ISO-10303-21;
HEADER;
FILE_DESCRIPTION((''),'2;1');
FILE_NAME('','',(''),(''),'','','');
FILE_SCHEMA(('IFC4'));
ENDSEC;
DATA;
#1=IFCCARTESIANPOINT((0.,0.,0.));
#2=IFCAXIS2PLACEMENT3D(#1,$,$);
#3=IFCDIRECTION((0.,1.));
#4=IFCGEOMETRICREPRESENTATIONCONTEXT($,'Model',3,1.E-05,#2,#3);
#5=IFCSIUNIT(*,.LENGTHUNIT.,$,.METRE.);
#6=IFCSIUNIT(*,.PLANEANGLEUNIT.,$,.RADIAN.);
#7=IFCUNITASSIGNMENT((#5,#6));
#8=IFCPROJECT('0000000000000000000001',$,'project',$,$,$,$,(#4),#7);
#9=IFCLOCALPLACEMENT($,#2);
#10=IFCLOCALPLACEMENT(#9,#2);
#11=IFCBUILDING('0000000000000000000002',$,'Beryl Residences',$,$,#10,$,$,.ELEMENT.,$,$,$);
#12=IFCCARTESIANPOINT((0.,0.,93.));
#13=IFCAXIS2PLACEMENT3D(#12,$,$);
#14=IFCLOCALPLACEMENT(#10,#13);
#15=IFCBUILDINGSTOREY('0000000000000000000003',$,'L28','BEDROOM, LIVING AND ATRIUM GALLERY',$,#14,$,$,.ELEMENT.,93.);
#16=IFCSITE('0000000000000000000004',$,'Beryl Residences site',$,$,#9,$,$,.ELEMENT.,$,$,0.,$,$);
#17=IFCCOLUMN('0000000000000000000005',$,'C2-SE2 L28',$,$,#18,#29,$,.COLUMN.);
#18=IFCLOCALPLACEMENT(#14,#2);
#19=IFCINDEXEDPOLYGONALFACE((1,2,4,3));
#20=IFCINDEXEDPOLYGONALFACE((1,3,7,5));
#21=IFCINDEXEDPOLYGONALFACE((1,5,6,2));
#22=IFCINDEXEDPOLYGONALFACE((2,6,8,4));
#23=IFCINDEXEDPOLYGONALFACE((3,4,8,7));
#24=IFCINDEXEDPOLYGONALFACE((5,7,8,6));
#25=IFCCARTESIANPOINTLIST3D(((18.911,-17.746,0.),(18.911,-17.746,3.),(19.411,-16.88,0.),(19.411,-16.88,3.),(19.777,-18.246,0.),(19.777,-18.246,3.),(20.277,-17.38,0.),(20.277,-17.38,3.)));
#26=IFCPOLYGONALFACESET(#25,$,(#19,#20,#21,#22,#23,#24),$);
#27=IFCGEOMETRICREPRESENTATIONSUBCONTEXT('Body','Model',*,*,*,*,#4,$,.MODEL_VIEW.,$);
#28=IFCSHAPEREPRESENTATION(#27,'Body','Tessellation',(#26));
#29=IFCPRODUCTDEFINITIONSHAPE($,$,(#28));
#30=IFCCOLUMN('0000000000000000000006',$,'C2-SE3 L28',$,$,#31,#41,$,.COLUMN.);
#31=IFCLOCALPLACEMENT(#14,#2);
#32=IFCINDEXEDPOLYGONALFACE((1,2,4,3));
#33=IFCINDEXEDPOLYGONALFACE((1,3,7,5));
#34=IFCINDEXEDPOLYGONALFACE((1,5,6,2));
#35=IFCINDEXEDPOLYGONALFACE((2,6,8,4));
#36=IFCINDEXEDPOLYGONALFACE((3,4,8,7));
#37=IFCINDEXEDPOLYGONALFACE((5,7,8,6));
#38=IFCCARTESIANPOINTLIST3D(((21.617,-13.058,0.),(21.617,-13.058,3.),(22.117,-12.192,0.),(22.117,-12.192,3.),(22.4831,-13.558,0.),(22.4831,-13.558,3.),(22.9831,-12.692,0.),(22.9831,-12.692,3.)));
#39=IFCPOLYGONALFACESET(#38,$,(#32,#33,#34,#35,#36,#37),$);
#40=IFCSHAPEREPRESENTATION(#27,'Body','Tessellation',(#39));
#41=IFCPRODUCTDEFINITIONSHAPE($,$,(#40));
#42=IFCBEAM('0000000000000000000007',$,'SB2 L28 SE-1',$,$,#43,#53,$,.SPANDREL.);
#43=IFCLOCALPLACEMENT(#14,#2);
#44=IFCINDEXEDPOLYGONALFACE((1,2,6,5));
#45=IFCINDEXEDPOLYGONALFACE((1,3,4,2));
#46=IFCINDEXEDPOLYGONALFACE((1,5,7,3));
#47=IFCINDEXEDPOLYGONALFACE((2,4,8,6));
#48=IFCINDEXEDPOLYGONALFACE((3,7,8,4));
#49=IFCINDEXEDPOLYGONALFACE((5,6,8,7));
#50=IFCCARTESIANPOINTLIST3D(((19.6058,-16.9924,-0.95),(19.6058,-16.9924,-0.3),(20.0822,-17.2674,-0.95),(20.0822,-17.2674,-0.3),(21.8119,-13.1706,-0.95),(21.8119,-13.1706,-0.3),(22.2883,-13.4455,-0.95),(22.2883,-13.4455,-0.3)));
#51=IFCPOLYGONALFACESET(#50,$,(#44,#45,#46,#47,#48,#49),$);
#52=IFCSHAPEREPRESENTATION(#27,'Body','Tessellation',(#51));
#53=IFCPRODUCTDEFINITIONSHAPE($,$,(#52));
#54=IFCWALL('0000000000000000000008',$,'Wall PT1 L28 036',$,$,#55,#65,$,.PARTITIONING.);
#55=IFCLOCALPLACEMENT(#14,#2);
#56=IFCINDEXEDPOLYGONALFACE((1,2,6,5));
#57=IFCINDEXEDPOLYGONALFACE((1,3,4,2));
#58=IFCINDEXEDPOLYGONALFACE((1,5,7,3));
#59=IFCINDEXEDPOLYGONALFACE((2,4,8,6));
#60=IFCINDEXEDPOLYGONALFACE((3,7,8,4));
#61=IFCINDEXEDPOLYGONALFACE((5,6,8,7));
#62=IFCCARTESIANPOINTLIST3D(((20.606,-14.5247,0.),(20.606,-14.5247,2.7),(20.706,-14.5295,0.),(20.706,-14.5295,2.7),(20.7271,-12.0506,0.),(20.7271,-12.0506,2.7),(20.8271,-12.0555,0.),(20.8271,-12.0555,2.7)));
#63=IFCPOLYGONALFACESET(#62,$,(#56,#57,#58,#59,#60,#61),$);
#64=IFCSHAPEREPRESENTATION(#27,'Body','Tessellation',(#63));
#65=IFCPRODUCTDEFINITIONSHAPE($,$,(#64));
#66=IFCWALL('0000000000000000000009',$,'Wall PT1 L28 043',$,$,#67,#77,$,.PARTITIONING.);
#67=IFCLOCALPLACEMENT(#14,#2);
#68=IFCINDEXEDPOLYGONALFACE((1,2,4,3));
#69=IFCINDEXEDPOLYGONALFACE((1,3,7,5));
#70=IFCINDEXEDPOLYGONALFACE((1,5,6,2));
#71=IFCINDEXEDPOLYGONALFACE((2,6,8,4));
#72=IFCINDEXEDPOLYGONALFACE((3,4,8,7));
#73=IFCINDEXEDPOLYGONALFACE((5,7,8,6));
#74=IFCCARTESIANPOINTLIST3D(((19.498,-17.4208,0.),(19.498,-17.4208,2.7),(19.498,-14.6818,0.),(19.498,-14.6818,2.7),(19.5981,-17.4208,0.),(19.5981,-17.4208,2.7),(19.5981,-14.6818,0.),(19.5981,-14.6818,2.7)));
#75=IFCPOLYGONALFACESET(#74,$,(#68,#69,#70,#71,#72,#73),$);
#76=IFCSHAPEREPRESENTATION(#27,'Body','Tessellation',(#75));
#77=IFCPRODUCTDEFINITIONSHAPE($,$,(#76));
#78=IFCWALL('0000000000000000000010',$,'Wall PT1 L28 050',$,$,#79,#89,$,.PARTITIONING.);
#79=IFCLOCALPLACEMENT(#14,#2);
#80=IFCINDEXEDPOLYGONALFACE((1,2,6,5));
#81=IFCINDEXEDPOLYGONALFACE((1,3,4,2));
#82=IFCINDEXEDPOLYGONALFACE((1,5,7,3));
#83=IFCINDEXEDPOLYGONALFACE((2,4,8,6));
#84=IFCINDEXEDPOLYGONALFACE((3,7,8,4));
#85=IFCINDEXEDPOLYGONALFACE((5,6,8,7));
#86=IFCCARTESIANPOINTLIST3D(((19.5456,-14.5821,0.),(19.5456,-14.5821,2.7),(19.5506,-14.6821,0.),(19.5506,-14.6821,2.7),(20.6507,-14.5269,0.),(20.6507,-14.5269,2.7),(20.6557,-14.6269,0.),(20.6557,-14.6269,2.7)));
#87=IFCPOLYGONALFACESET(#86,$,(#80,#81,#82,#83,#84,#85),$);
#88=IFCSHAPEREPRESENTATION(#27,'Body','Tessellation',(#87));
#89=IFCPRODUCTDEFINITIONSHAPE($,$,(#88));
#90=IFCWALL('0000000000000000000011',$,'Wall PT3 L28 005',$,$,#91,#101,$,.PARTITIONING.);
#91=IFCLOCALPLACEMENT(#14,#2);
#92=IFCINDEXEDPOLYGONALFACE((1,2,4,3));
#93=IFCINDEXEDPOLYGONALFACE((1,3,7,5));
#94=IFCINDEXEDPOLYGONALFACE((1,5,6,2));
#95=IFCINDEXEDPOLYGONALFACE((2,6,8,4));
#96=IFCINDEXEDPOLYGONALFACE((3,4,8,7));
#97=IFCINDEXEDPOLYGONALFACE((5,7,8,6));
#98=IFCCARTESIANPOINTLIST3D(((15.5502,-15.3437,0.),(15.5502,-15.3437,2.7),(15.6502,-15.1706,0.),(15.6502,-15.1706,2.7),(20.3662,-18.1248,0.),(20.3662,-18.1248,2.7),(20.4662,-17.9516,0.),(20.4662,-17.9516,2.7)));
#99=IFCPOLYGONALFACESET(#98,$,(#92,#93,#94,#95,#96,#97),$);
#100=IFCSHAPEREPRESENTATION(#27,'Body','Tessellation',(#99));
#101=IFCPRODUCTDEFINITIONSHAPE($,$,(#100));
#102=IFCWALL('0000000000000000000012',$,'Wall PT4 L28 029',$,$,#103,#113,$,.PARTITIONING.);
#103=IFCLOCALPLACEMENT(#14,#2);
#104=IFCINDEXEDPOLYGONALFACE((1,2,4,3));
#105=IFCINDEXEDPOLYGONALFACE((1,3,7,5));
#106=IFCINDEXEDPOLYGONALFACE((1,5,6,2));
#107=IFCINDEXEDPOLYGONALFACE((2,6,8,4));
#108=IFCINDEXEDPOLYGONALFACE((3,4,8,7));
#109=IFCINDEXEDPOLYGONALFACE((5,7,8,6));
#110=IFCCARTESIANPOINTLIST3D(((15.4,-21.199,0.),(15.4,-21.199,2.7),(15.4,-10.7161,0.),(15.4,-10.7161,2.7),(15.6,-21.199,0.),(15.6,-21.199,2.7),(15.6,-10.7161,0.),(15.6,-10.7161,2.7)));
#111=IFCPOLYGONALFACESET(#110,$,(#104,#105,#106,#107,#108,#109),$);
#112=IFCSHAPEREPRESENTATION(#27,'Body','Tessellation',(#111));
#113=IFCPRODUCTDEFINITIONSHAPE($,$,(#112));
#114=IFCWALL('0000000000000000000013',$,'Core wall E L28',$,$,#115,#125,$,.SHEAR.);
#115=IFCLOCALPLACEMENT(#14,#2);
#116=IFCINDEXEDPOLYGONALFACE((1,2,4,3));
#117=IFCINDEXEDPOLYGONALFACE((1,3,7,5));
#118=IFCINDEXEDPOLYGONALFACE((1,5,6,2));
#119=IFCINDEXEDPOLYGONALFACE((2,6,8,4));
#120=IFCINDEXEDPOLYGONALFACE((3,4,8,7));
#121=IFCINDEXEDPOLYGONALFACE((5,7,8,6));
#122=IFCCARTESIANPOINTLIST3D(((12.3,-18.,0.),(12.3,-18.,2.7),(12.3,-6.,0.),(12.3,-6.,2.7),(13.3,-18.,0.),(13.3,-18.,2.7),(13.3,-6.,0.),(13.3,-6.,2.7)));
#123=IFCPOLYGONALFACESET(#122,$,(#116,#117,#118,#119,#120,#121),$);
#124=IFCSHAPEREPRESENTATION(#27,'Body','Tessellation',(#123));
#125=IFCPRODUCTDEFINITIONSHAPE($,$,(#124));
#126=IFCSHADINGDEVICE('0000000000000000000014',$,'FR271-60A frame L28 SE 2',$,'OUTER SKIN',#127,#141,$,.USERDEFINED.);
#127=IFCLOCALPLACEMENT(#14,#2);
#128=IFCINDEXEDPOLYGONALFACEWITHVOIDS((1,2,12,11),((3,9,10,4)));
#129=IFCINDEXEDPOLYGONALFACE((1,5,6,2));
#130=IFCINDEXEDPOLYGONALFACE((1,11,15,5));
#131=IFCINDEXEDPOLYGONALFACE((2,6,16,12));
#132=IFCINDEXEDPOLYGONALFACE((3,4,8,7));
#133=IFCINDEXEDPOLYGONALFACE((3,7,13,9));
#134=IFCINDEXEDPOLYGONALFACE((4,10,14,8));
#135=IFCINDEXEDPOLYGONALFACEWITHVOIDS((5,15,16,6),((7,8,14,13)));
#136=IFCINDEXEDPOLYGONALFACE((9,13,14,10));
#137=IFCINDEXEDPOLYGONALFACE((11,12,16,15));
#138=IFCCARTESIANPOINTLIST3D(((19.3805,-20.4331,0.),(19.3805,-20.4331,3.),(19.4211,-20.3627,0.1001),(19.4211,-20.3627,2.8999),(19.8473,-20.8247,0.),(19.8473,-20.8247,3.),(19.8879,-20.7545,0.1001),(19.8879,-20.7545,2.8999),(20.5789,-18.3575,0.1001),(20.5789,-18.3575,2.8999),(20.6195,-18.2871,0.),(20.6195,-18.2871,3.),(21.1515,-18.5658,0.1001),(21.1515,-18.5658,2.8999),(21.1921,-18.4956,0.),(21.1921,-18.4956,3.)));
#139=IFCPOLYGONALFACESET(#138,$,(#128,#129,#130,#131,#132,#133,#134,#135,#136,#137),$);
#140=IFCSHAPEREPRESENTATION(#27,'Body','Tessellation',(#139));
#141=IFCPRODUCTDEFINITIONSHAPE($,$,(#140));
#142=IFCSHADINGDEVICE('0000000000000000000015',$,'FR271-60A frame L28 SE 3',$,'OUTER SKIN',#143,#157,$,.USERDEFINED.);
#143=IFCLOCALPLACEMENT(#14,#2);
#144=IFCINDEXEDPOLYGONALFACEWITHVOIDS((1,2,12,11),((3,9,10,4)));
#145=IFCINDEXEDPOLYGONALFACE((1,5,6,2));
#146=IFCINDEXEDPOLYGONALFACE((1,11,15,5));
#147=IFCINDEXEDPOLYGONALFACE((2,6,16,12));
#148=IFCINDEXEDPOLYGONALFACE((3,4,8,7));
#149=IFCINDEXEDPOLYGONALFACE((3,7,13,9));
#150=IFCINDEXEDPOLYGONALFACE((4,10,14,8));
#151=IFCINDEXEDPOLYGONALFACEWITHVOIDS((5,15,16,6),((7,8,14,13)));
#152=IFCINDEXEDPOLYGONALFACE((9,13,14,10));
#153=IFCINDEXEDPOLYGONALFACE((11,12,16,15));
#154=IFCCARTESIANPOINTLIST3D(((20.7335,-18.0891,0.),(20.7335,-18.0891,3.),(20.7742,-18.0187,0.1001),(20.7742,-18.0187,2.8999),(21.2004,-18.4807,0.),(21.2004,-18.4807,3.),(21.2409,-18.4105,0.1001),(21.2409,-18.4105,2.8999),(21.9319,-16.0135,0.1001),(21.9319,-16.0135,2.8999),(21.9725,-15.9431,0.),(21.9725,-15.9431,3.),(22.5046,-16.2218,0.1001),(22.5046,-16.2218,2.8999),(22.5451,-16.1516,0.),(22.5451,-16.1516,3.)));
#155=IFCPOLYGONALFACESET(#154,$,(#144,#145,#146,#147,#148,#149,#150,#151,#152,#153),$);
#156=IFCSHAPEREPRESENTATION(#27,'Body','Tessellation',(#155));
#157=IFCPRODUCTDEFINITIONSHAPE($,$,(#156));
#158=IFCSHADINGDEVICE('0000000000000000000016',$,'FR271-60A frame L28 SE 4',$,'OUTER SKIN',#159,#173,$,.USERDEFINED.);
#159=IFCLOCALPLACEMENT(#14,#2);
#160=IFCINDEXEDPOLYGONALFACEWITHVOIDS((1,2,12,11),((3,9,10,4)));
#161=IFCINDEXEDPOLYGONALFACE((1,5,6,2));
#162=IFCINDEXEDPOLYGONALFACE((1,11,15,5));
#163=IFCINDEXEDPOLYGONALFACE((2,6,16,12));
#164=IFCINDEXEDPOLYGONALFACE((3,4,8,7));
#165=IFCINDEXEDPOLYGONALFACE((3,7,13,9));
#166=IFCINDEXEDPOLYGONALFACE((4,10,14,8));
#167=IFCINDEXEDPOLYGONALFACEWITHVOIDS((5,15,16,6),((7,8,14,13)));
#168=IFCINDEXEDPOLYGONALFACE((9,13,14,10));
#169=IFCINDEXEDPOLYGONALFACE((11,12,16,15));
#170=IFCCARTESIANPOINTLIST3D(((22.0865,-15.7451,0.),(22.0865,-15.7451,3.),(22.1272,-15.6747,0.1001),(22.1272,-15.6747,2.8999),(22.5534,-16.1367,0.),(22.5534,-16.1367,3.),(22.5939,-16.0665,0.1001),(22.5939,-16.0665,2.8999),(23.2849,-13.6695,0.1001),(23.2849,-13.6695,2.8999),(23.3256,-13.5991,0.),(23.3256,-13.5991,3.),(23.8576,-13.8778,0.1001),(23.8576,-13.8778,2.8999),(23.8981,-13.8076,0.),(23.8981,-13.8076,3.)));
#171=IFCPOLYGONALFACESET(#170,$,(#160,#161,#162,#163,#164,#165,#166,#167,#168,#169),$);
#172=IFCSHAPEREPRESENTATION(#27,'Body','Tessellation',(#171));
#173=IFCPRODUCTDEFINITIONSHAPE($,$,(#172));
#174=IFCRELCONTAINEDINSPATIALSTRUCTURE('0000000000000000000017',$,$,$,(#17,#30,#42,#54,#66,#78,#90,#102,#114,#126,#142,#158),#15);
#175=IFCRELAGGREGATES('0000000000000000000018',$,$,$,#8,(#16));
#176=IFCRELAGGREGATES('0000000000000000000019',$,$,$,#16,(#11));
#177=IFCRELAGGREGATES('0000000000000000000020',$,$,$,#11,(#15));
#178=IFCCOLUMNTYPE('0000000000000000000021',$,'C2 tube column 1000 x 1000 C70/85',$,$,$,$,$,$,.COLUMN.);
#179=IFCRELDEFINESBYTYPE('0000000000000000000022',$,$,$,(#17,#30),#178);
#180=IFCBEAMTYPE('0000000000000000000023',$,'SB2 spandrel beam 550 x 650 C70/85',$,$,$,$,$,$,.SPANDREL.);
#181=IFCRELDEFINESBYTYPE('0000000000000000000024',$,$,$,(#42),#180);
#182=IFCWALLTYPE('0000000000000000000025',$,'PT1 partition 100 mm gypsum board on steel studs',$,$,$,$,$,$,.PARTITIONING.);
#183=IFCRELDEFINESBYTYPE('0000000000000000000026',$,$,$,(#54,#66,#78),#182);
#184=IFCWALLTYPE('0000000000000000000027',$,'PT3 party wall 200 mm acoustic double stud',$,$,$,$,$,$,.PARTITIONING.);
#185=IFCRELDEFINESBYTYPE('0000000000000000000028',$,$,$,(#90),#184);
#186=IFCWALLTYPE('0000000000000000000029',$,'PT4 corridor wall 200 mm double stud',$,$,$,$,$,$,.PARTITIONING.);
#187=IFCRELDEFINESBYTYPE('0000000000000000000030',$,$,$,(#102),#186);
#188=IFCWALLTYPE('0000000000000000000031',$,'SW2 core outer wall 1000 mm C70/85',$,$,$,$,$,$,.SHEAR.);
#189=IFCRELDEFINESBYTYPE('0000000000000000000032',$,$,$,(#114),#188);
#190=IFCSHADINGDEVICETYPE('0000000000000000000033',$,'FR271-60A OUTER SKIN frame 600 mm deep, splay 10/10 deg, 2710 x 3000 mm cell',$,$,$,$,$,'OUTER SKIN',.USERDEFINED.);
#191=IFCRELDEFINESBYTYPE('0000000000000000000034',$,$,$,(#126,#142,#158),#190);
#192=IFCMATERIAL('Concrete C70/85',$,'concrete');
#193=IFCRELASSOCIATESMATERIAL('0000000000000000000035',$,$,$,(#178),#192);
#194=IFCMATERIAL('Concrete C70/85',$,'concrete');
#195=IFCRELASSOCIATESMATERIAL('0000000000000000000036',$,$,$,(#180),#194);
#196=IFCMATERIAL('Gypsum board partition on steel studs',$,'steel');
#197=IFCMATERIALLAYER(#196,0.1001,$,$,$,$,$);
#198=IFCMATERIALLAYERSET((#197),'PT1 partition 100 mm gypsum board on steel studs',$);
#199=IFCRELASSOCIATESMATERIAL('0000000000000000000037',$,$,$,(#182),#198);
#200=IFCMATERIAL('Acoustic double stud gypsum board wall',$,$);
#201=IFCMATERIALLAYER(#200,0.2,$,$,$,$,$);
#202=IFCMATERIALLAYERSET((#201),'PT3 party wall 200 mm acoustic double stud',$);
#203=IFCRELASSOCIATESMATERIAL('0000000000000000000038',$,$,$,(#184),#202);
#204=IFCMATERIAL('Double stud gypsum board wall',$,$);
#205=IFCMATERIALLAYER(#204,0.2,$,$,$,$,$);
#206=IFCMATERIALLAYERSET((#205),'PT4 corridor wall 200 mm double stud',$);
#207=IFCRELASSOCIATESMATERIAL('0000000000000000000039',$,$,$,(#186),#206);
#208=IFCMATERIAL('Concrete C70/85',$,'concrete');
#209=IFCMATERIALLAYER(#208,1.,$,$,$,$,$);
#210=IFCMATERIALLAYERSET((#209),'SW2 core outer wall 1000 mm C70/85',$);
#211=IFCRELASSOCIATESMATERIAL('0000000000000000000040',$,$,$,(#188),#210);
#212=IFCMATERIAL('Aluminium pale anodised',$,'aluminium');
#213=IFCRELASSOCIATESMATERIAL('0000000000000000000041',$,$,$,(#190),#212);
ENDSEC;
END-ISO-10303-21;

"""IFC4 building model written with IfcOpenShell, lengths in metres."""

from ifc_helpers import new_model, entity, si_unit, direction, frame, frame_2d, origin, origin_2d, place, context, subcontext, project, spatial, rectangle, extrude, source, transform, mapped, material, layer, layer_set, material_profile, profile_set, type_object, type_shapes, element, save


model = new_model("IFC4")

# Units and contexts
model_context = context("Model", 3, precision=1e-05, world=origin(), true_north=direction((0.0, 1.0)))
body_context = subcontext(model_context, "Body", "Model", "MODEL_VIEW")
ifc_project = project(units=[si_unit("LENGTHUNIT", "METRE"), si_unit("PLANEANGLEUNIT", "RADIAN")], contexts=[model_context])

# Site, building, storey
site_placement = place(None, origin())
site = spatial("IfcSite", under=ifc_project, at=site_placement, Name="Beryl Residences site", CompositionType="ELEMENT", RefElevation=0.0)
building_placement = place(site_placement, origin())
building = spatial("IfcBuilding", under=site, at=building_placement, Name="Beryl Residences", CompositionType="ELEMENT")
storey_placement = place(building_placement, frame((0.0, 0.0, 93.0)))
storey = spatial("IfcBuildingStorey", under=building, at=storey_placement, Name="L28", Description="BEDROOM, LIVING AND ATRIUM GALLERY", CompositionType="ELEMENT", Elevation=93.0)

# Columns
ifc_material_1 = material(Name="Concrete C70/85", Category="concrete")
ifc_material_profile_1 = material_profile(ifc_material_1, rectangle(XDim=1.0, YDim=1.0, at=origin_2d()))
ifc_profile_set_1 = profile_set([ifc_material_profile_1], Name="Concrete C70/85")
column_type = type_object("IfcColumnType", Name="C2 tube column 1000 x 1000 C70/85", PredefinedType="COLUMN", material=ifc_profile_set_1)
for number, where, z_axis, x_axis, name in (
    (1, (19.594, -17.563, 0.0), (0.0, 0.0, 1.0), (0.5, 0.866025, 0.0), "C2-SE2 L28"),
    (2, (22.3, -12.875, 0.0), (0.0, 0.0, 1.0), (0.5, 0.866025, 0.0), "C2-SE3 L28"),
):
    element("IfcColumn", number, at=place(storey_placement, frame(where, z_axis=z_axis, x_axis=x_axis)), inside=storey, type_object=column_type, Name=name, PredefinedType="COLUMN", context=body_context, shape_type="SweptSolid", body=[
        extrude(rectangle(XDim=1.0, YDim=1.0, at=origin_2d()), origin(), (0.0, 0.0, 1.0), 3.0),
    ])

# Beam
ifc_material_2 = material(Name="Concrete C70/85", Category="concrete")
ifc_material_profile_2 = material_profile(ifc_material_2, rectangle(XDim=0.55, YDim=0.6499, at=origin_2d()))
ifc_profile_set_2 = profile_set([ifc_material_profile_2], Name="Concrete C70/85")
beam_type = type_object("IfcBeamType", Name="SB2 spandrel beam 550 x 650 C70/85", PredefinedType="SPANDREL", material=ifc_profile_set_2)
beam_placement = place(storey_placement, frame((19.844, -17.1299, -0.625), z_axis=(0.499924, 0.86607, 0.0), x_axis=(-0.86607, 0.499924, 0.0)))
element("IfcBeam", 3, at=beam_placement, inside=storey, type_object=beam_type, Name="SB2 L28 SE-1", PredefinedType="SPANDREL", context=body_context, shape_type="SweptSolid", body=[
    extrude(rectangle(XDim=0.55, YDim=0.6499, at=origin_2d()), origin(), (0.0, 0.0, 1.0), 4.4128),
])

# Walls
ifc_material_3 = material(Name="Gypsum board partition on steel studs", Category="steel")
ifc_layer_1 = layer(ifc_material_3, 0.1001)
ifc_layer_set_1 = layer_set([ifc_layer_1], Name="PT1 partition 100 mm gypsum board on steel studs")
wall_type_1 = type_object("IfcWallType", Name="PT1 partition 100 mm gypsum board on steel studs", PredefinedType="PARTITIONING", material=ifc_layer_set_1)
wall_1_placement = place(storey_placement, frame((20.656, -14.5271, 0.0), z_axis=(0.0, 0.0, 1.0), x_axis=(0.048886, 0.998804, 0.0)))
element("IfcWall", 4, at=wall_1_placement, inside=storey, type_object=wall_type_1, Name="Wall PT1 L28 036", PredefinedType="PARTITIONING", context=body_context, shape_type="SweptSolid", body=[
    extrude(rectangle(XDim=2.4771, YDim=0.1001, at=frame_2d((1.2385, 0.0))), origin(), (0.0, 0.0, 1.0), 2.7),
])
wall_2_placement = place(storey_placement, frame((19.5481, -17.4209, 0.0), z_axis=(0.0, 0.0, 1.0), x_axis=(0.0, 1.0, 0.0)))
element("IfcWall", 5, at=wall_2_placement, inside=storey, type_object=wall_type_1, Name="Wall PT1 L28 043", PredefinedType="PARTITIONING", context=body_context, shape_type="SweptSolid", body=[
    extrude(rectangle(XDim=2.739, YDim=0.1001, at=frame_2d((1.3696, 0.0))), origin(), (0.0, 0.0, 1.0), 2.7),
])
wall_3_placement = place(storey_placement, frame((19.5481, -14.6321, 0.0), z_axis=(0.0, 0.0, 1.0), x_axis=(0.998756, 0.049872, 0.0)))
element("IfcWall", 6, at=wall_3_placement, inside=storey, type_object=wall_type_1, Name="Wall PT1 L28 050", PredefinedType="PARTITIONING", context=body_context, shape_type="SweptSolid", body=[
    extrude(rectangle(XDim=1.1064, YDim=0.1001, at=frame_2d((0.5532, 0.0))), origin(), (0.0, 0.0, 1.0), 2.7),
])
ifc_material_4 = material(Name="Acoustic double stud gypsum board wall")
ifc_layer_2 = layer(ifc_material_4, 0.2)
ifc_layer_set_2 = layer_set([ifc_layer_2], Name="PT3 party wall 200 mm acoustic double stud")
wall_type_2 = type_object("IfcWallType", Name="PT3 party wall 200 mm acoustic double stud", PredefinedType="PARTITIONING", material=ifc_layer_set_2)
wall_4_placement = place(storey_placement, frame((15.6001, -15.2571, 0.0), z_axis=(0.0, 0.0, 1.0), x_axis=(0.865984, -0.500072, 0.0)))
element("IfcWall", 7, at=wall_4_placement, inside=storey, type_object=wall_type_2, Name="Wall PT3 L28 005", PredefinedType="PARTITIONING", context=body_context, shape_type="SweptSolid", body=[
    extrude(rectangle(XDim=5.5613, YDim=0.2, at=frame_2d((2.7808, 0.0))), origin(), (0.0, 0.0, 1.0), 2.7),
])
ifc_material_5 = material(Name="Double stud gypsum board wall")
ifc_layer_3 = layer(ifc_material_5, 0.2)
ifc_layer_set_3 = layer_set([ifc_layer_3], Name="PT4 corridor wall 200 mm double stud")
wall_type_3 = type_object("IfcWallType", Name="PT4 corridor wall 200 mm double stud", PredefinedType="PARTITIONING", material=ifc_layer_set_3)
wall_5_placement = place(storey_placement, frame((15.5, -21.199, 0.0), z_axis=(0.0, 0.0, 1.0), x_axis=(0.0, 1.0, 0.0)))
element("IfcWall", 8, at=wall_5_placement, inside=storey, type_object=wall_type_3, Name="Wall PT4 L28 029", PredefinedType="PARTITIONING", context=body_context, shape_type="SweptSolid", body=[
    extrude(rectangle(XDim=10.4829, YDim=0.2, at=frame_2d((5.2415, 0.0))), origin(), (0.0, 0.0, 1.0), 2.7),
])
ifc_material_6 = material(Name="Concrete C70/85", Category="concrete")
ifc_layer_4 = layer(ifc_material_6, 1.0)
ifc_layer_set_4 = layer_set([ifc_layer_4], Name="SW2 core outer wall 1000 mm C70/85")
wall_type_4 = type_object("IfcWallType", Name="SW2 core outer wall 1000 mm C70/85", PredefinedType="SHEAR", material=ifc_layer_set_4)
wall_6_placement = place(storey_placement, frame((12.8, -18.0, 0.0), z_axis=(0.0, 0.0, 1.0), x_axis=(0.0, 1.0, 0.0)))
element("IfcWall", 9, at=wall_6_placement, inside=storey, type_object=wall_type_4, Name="Core wall E L28", PredefinedType="SHEAR", context=body_context, shape_type="SweptSolid", body=[
    extrude(rectangle(XDim=12.0, YDim=1.0, at=frame_2d((6.0, 0.0))), origin(), (0.0, 0.0, 1.0), 2.7),
])

# Shading devices
ifc_material_7 = material(Name="Aluminium pale anodised", Category="aluminium")
shading_device_type = type_object("IfcShadingDeviceType", Name="FR271-60A OUTER SKIN frame 600 mm deep, splay 10/10 deg, 2710 x 3000 mm cell", ElementType="OUTER SKIN", PredefinedType="USERDEFINED", material=ifc_material_7)
cartesian_point_1 = entity("IfcCartesianPoint", [-1.239, 0.0])
cartesian_point_2 = entity("IfcCartesianPoint", [-1.1577, 0.1001])
cartesian_point_3 = entity("IfcCartesianPoint", [-1.3447, 0.0])
cartesian_point_4 = entity("IfcCartesianPoint", [-1.2637, 0.1001])
shared_shape = source(origin(), body_context, "Body", "SweptSolid", [
    entity("IfcExtrudedAreaSolidTapered", entity("IfcArbitraryProfileDefWithVoids", "AREA", None, entity("IfcPolyline", [cartesian_point_1, entity("IfcCartesianPoint", [1.239, 0.0]), entity("IfcCartesianPoint", [1.239, 3.0]), entity("IfcCartesianPoint", [-1.239, 3.0]), cartesian_point_1]), [entity("IfcPolyline", [cartesian_point_2, entity("IfcCartesianPoint", [1.1577, 0.1001]), entity("IfcCartesianPoint", [1.1577, 2.8999]), entity("IfcCartesianPoint", [-1.1577, 2.8999]), cartesian_point_2])]), entity("IfcAxis2Placement3D", entity("IfcCartesianPoint", [0.0, 0.0, 0.0]), entity("IfcDirection", [0.0, 1.0, 0.0]), entity("IfcDirection", [-1.0, 0.0, 0.0])), entity("IfcDirection", [0.0, 0.0, 1.0]), 0.6001, entity("IfcArbitraryProfileDefWithVoids", "AREA", None, entity("IfcPolyline", [cartesian_point_3, entity("IfcCartesianPoint", [1.3447, 0.0]), entity("IfcCartesianPoint", [1.3447, 3.0]), entity("IfcCartesianPoint", [-1.3447, 3.0]), cartesian_point_3]), [entity("IfcPolyline", [cartesian_point_4, entity("IfcCartesianPoint", [1.2637, 0.1001]), entity("IfcCartesianPoint", [1.2637, 2.8999]), entity("IfcCartesianPoint", [-1.2637, 2.8999]), cartesian_point_4])])),
])
type_shapes(shading_device_type, [shared_shape])
for number, where, z_axis, x_axis, name in (
    (10, (20.0, -19.3601, 0.0), (0.0, 0.0, 1.0), (-0.5, -0.866025, 0.0), "FR271-60A frame L28 SE 2"),
    (11, (21.353, -17.0161, 0.0), (0.0, 0.0, 1.0), (-0.5, -0.866025, 0.0), "FR271-60A frame L28 SE 3"),
    (12, (22.7061, -14.6721, 0.0), (0.0, 0.0, 1.0), (-0.5, -0.866025, 0.0), "FR271-60A frame L28 SE 4"),
):
    element("IfcShadingDevice", number, at=place(storey_placement, frame(where, z_axis=z_axis, x_axis=x_axis)), inside=storey, type_object=shading_device_type, Name=name, ObjectType="OUTER SKIN", PredefinedType="USERDEFINED", context=body_context, shape_type="MappedRepresentation", body=[
        mapped(shared_shape, transform((0.0, 0.0, 0.0))),
    ])

save(model, "model.ifc")
